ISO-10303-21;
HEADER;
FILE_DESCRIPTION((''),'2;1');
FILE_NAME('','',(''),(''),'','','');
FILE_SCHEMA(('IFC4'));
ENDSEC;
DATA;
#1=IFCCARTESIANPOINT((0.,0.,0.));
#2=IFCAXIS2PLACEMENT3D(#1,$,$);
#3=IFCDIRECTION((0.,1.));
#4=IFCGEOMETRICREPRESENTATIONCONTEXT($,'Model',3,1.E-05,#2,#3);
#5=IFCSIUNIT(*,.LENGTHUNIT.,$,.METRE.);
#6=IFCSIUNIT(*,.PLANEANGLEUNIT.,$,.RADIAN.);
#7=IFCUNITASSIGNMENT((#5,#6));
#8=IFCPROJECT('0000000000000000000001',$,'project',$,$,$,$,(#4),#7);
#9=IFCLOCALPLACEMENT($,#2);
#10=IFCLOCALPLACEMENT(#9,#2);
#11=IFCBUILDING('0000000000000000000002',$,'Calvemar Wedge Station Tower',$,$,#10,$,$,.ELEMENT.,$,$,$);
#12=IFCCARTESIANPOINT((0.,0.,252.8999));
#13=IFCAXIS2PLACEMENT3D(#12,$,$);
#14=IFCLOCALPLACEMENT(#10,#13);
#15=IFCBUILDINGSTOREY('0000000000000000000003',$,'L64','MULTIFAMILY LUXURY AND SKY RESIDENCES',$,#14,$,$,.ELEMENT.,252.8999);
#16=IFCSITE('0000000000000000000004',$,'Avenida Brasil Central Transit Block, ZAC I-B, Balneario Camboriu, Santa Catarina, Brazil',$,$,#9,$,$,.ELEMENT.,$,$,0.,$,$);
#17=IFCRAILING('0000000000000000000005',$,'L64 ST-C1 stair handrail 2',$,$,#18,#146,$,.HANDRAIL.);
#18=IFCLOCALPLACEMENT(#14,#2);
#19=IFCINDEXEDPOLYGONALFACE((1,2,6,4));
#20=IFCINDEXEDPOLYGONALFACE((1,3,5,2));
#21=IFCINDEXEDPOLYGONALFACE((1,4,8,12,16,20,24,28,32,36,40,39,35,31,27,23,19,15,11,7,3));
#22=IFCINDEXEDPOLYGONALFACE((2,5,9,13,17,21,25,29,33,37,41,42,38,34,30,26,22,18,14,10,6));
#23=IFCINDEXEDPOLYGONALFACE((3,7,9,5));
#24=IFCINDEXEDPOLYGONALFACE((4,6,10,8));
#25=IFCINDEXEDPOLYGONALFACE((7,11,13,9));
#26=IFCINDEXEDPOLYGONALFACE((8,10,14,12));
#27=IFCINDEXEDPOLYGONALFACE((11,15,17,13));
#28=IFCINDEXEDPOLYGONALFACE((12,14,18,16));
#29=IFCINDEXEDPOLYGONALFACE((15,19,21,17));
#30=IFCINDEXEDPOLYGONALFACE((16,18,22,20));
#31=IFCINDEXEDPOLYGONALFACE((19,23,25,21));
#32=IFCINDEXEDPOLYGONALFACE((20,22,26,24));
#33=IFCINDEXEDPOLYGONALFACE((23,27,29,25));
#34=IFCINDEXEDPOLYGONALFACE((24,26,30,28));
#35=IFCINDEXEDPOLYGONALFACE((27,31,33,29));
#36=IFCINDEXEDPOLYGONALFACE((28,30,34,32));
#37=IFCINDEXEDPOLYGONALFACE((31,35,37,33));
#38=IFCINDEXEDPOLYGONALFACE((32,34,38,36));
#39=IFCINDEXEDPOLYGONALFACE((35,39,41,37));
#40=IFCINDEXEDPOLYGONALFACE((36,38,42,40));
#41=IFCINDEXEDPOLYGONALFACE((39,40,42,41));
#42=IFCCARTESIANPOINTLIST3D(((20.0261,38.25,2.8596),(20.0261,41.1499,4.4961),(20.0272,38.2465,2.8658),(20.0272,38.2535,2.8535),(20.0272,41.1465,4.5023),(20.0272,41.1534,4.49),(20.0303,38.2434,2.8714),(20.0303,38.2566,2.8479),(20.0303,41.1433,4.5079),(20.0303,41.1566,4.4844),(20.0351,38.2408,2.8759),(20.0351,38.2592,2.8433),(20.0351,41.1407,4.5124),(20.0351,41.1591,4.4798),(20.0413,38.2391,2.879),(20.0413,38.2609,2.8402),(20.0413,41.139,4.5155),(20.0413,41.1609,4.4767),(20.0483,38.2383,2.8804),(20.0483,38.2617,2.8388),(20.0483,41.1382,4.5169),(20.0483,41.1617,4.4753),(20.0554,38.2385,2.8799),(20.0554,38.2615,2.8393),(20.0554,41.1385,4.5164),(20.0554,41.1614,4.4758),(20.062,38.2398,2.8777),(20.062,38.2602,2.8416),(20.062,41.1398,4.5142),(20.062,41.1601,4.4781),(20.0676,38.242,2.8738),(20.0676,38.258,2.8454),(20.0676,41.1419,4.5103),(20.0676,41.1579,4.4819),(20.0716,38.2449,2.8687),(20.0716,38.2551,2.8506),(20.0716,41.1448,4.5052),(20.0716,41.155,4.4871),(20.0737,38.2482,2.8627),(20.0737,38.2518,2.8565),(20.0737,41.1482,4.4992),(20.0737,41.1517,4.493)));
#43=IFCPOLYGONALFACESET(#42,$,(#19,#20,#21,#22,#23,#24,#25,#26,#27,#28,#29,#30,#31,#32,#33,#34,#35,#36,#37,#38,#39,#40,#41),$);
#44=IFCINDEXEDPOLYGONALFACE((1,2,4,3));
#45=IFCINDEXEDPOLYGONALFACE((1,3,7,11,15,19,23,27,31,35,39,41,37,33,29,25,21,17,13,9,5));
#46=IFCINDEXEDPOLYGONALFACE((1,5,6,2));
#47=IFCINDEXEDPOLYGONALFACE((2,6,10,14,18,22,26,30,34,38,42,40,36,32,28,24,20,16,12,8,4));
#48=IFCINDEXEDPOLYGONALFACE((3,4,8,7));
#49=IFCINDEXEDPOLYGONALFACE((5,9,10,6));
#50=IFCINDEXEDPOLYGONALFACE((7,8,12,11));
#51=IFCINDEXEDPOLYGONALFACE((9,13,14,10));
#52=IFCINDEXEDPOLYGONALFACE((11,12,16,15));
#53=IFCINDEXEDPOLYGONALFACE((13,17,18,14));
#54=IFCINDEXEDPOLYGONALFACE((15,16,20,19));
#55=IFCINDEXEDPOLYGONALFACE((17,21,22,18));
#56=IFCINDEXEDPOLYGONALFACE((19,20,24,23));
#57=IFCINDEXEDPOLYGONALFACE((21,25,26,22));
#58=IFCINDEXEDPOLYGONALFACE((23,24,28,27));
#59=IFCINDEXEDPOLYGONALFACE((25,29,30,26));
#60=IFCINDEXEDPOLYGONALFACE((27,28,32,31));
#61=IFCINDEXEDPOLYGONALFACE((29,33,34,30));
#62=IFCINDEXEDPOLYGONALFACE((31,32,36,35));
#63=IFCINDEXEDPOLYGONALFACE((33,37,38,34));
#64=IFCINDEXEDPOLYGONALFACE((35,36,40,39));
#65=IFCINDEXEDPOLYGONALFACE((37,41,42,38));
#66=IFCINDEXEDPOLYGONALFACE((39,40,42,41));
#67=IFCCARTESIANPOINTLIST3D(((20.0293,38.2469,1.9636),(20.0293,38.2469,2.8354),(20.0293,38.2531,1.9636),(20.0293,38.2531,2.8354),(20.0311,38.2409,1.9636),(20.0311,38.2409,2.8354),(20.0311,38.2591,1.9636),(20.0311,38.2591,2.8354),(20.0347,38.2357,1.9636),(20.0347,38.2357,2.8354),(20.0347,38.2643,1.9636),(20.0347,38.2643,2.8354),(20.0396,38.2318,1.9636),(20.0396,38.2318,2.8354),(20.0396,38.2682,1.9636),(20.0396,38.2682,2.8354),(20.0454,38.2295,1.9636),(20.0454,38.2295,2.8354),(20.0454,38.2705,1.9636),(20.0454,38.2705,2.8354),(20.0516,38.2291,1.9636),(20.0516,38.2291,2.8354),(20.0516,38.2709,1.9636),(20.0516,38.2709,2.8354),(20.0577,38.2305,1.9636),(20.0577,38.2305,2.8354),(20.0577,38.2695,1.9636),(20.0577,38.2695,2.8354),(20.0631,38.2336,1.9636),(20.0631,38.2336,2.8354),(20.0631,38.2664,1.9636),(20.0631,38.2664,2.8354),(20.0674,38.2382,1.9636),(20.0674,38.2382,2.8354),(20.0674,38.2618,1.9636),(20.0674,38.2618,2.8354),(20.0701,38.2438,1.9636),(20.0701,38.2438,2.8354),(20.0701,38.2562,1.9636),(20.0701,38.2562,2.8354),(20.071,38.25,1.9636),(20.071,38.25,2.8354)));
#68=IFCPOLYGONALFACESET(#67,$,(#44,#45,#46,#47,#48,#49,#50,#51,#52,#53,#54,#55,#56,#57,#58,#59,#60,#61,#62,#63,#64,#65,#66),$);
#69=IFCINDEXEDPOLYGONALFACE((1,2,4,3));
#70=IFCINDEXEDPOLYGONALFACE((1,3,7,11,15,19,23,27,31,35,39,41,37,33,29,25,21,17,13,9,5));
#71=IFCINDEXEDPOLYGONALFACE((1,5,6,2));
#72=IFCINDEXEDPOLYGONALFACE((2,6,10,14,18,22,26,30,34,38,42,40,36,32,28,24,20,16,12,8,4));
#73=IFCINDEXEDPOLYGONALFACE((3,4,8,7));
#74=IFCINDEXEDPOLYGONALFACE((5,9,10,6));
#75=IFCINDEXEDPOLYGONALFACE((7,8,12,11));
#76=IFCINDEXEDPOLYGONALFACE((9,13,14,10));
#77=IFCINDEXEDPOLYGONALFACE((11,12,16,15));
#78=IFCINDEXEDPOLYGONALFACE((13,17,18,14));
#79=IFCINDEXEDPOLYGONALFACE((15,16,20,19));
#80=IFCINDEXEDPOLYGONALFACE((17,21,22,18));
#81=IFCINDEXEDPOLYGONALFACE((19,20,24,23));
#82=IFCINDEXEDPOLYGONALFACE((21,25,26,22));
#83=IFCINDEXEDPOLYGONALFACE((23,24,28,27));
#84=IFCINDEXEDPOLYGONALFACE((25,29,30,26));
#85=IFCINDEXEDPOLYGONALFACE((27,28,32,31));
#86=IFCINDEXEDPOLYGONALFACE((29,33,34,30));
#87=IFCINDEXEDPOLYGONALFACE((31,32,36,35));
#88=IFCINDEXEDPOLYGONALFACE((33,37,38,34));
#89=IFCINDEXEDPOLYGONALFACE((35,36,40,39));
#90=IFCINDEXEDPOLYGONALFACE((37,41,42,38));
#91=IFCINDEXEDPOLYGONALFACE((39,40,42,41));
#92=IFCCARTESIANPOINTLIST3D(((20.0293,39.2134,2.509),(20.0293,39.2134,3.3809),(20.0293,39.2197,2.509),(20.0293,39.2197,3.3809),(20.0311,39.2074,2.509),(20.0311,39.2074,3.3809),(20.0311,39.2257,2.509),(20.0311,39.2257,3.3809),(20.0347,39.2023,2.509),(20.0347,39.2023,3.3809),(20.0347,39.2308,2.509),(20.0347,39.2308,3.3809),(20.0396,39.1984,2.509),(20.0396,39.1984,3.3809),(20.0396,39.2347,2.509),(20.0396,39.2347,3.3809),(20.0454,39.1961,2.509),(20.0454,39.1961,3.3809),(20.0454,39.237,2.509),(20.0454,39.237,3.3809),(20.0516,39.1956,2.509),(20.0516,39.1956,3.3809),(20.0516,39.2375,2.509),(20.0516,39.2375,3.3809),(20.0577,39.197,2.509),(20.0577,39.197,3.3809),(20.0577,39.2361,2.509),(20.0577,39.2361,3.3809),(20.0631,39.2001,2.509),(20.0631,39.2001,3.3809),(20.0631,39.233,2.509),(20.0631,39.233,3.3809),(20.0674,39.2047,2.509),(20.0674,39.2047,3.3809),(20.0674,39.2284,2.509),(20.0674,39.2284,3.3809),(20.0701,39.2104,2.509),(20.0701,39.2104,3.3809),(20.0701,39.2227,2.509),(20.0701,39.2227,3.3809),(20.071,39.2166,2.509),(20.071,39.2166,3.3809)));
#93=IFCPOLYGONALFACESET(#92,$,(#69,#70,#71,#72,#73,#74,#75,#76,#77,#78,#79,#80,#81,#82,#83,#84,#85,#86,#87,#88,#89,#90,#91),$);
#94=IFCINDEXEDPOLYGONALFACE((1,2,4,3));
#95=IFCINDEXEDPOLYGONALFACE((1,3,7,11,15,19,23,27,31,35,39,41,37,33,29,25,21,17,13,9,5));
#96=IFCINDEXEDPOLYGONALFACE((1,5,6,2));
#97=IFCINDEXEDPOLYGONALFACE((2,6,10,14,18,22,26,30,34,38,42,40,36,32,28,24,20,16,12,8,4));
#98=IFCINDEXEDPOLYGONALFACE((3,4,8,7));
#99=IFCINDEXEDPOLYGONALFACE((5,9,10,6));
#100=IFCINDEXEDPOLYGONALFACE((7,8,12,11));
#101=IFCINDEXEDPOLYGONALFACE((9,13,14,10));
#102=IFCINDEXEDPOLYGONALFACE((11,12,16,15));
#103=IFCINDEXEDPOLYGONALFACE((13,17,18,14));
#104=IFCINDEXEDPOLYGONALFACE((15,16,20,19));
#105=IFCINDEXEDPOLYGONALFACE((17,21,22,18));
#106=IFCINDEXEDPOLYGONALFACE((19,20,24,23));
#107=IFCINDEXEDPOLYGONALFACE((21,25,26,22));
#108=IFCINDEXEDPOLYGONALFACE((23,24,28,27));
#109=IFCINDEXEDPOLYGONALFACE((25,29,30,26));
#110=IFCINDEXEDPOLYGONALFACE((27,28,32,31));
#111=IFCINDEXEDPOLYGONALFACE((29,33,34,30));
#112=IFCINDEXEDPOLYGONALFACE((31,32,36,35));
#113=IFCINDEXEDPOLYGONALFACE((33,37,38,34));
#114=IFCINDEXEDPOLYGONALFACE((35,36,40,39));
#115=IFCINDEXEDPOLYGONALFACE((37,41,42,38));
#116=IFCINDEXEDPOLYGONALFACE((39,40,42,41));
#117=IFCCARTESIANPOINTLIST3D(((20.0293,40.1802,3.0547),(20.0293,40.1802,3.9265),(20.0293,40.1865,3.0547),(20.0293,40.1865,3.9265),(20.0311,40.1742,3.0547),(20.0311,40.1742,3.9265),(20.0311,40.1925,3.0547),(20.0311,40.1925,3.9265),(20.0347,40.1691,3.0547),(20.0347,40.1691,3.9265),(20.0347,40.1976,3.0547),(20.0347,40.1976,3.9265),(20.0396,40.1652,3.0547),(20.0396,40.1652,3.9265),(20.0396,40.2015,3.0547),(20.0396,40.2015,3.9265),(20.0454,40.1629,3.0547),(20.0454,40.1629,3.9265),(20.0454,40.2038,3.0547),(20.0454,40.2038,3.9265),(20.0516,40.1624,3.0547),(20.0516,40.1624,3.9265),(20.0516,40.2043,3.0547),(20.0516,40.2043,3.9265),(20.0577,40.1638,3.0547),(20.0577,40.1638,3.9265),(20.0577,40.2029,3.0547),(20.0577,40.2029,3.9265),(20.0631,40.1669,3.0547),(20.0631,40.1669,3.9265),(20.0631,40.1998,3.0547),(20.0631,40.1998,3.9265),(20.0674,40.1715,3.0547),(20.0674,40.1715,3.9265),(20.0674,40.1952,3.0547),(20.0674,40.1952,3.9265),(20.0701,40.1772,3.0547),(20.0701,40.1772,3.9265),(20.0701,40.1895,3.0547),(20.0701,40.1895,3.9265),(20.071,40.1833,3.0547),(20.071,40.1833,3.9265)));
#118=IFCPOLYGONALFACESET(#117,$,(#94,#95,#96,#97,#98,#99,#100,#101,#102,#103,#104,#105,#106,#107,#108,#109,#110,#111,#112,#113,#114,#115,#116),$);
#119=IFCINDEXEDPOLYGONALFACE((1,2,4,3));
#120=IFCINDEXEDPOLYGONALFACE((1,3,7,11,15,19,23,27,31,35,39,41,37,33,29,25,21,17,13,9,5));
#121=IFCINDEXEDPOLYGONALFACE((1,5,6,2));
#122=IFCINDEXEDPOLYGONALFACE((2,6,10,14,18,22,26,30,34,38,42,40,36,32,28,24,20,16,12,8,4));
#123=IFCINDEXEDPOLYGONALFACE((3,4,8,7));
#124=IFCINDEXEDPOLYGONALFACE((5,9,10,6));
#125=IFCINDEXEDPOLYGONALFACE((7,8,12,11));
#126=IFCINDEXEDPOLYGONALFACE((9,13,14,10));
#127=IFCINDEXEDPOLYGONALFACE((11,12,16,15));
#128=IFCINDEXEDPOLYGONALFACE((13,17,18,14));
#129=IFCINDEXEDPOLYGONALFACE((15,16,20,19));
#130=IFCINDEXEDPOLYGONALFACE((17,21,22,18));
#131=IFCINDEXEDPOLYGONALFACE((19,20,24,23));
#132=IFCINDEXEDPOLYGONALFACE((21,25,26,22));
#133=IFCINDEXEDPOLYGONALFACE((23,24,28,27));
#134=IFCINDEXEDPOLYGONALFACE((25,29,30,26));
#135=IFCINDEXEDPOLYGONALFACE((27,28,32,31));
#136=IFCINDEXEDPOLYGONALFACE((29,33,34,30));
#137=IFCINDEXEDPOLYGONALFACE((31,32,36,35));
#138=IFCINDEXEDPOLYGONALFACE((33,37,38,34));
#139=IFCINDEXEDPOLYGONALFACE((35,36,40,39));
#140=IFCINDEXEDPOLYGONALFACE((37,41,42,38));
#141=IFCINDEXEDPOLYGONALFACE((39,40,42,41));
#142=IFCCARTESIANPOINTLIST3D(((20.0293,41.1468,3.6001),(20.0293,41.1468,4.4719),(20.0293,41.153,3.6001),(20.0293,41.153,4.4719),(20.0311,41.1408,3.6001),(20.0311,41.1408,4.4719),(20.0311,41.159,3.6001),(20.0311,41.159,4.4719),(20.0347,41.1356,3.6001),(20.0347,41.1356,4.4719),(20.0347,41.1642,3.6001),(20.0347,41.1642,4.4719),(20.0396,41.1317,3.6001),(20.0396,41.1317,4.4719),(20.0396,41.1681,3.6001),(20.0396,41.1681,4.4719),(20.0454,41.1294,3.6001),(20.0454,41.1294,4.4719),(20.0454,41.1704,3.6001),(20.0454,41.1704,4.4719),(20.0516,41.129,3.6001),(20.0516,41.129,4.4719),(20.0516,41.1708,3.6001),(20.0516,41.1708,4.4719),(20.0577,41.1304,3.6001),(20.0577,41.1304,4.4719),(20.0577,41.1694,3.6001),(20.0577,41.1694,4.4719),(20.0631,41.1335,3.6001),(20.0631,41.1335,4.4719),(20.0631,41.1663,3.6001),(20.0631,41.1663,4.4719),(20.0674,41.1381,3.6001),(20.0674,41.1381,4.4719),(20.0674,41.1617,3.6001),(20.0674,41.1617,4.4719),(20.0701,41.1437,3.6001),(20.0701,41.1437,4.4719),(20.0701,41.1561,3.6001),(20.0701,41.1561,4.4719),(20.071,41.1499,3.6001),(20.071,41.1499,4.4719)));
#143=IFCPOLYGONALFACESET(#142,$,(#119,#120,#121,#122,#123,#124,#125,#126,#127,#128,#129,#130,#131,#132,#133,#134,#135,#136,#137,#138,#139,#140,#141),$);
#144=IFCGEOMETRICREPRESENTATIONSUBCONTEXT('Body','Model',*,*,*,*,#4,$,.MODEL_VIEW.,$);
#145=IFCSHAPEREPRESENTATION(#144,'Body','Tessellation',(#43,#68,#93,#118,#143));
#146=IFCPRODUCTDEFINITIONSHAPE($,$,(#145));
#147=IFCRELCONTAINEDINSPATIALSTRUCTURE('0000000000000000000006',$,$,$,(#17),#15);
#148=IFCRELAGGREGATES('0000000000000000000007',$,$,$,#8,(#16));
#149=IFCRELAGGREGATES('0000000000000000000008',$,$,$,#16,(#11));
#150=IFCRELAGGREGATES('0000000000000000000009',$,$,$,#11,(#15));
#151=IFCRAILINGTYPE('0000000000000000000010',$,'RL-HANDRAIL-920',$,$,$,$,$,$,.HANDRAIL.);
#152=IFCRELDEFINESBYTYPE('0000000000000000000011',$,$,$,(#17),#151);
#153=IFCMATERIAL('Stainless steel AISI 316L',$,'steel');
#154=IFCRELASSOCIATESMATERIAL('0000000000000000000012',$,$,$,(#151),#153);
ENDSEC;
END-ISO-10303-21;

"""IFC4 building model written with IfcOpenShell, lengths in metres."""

from ifc_helpers import new_model, si_unit, direction, frame, origin, origin_2d, place, context, subcontext, project, spatial, circle, extrude, material, type_object, element, save


model = new_model("IFC4")

# Units and contexts
model_context = context("Model", 3, precision=1e-05, world=origin(), true_north=direction((0.0, 1.0)))
body_context = subcontext(model_context, "Body", "Model", "MODEL_VIEW")
ifc_project = project(units=[si_unit("LENGTHUNIT", "METRE"), si_unit("PLANEANGLEUNIT", "RADIAN")], contexts=[model_context])

# Site, building, storey
site_placement = place(None, origin())
site = spatial("IfcSite", under=ifc_project, at=site_placement, Name="Avenida Brasil Central Transit Block, ZAC I-B, Balneario Camboriu, Santa Catarina, Brazil", CompositionType="ELEMENT", RefElevation=0.0)
building_placement = place(site_placement, origin())
building = spatial("IfcBuilding", under=site, at=building_placement, Name="Calvemar Wedge Station Tower", CompositionType="ELEMENT")
storey_placement = place(building_placement, frame((0.0, 0.0, 252.8999)))
storey = spatial("IfcBuildingStorey", under=building, at=storey_placement, Name="L64", Description="MULTIFAMILY LUXURY AND SKY RESIDENCES", CompositionType="ELEMENT", Elevation=252.8999)

# Railing
ifc_material_1 = material(Name="Stainless steel AISI 316L", Category="steel")
railing_type_1 = type_object("IfcRailingType", Name="RL-HANDRAIL-920", PredefinedType="HANDRAIL", material=ifc_material_1)
railing_1_placement = place(storey_placement, frame((20.05, 38.25, 1.9636)))
element("IfcRailing", 1, at=railing_1_placement, inside=storey, type_object=railing_type_1, Name="L64 ST-C1 stair handrail 2", PredefinedType="HANDRAIL", context=body_context, shape_type="SweptSolid", body=[
    extrude(circle(Radius=0.0239, at=origin_2d()), frame((0.0, 0.0, 0.896), z_axis=(0.0, 0.870897, 0.491465), x_axis=(-1.0, 0.0, 0.0)), (0.0, 0.0, 1.0), 3.3298),
    extrude(circle(Radius=0.021, at=origin_2d()), origin(), (0.0, 0.0, 1.0), 0.8718),
    extrude(circle(Radius=0.021, at=origin_2d()), frame((0.0, 0.9666, 0.5454)), (0.0, 0.0, 1.0), 0.8718),
    extrude(circle(Radius=0.021, at=origin_2d()), frame((0.0, 1.9333, 1.0911)), (0.0, 0.0, 1.0), 0.8718),
    extrude(circle(Radius=0.021, at=origin_2d()), frame((0.0, 2.8999, 1.6365)), (0.0, 0.0, 1.0), 0.8718),
])

save(model, "model.ifc")
